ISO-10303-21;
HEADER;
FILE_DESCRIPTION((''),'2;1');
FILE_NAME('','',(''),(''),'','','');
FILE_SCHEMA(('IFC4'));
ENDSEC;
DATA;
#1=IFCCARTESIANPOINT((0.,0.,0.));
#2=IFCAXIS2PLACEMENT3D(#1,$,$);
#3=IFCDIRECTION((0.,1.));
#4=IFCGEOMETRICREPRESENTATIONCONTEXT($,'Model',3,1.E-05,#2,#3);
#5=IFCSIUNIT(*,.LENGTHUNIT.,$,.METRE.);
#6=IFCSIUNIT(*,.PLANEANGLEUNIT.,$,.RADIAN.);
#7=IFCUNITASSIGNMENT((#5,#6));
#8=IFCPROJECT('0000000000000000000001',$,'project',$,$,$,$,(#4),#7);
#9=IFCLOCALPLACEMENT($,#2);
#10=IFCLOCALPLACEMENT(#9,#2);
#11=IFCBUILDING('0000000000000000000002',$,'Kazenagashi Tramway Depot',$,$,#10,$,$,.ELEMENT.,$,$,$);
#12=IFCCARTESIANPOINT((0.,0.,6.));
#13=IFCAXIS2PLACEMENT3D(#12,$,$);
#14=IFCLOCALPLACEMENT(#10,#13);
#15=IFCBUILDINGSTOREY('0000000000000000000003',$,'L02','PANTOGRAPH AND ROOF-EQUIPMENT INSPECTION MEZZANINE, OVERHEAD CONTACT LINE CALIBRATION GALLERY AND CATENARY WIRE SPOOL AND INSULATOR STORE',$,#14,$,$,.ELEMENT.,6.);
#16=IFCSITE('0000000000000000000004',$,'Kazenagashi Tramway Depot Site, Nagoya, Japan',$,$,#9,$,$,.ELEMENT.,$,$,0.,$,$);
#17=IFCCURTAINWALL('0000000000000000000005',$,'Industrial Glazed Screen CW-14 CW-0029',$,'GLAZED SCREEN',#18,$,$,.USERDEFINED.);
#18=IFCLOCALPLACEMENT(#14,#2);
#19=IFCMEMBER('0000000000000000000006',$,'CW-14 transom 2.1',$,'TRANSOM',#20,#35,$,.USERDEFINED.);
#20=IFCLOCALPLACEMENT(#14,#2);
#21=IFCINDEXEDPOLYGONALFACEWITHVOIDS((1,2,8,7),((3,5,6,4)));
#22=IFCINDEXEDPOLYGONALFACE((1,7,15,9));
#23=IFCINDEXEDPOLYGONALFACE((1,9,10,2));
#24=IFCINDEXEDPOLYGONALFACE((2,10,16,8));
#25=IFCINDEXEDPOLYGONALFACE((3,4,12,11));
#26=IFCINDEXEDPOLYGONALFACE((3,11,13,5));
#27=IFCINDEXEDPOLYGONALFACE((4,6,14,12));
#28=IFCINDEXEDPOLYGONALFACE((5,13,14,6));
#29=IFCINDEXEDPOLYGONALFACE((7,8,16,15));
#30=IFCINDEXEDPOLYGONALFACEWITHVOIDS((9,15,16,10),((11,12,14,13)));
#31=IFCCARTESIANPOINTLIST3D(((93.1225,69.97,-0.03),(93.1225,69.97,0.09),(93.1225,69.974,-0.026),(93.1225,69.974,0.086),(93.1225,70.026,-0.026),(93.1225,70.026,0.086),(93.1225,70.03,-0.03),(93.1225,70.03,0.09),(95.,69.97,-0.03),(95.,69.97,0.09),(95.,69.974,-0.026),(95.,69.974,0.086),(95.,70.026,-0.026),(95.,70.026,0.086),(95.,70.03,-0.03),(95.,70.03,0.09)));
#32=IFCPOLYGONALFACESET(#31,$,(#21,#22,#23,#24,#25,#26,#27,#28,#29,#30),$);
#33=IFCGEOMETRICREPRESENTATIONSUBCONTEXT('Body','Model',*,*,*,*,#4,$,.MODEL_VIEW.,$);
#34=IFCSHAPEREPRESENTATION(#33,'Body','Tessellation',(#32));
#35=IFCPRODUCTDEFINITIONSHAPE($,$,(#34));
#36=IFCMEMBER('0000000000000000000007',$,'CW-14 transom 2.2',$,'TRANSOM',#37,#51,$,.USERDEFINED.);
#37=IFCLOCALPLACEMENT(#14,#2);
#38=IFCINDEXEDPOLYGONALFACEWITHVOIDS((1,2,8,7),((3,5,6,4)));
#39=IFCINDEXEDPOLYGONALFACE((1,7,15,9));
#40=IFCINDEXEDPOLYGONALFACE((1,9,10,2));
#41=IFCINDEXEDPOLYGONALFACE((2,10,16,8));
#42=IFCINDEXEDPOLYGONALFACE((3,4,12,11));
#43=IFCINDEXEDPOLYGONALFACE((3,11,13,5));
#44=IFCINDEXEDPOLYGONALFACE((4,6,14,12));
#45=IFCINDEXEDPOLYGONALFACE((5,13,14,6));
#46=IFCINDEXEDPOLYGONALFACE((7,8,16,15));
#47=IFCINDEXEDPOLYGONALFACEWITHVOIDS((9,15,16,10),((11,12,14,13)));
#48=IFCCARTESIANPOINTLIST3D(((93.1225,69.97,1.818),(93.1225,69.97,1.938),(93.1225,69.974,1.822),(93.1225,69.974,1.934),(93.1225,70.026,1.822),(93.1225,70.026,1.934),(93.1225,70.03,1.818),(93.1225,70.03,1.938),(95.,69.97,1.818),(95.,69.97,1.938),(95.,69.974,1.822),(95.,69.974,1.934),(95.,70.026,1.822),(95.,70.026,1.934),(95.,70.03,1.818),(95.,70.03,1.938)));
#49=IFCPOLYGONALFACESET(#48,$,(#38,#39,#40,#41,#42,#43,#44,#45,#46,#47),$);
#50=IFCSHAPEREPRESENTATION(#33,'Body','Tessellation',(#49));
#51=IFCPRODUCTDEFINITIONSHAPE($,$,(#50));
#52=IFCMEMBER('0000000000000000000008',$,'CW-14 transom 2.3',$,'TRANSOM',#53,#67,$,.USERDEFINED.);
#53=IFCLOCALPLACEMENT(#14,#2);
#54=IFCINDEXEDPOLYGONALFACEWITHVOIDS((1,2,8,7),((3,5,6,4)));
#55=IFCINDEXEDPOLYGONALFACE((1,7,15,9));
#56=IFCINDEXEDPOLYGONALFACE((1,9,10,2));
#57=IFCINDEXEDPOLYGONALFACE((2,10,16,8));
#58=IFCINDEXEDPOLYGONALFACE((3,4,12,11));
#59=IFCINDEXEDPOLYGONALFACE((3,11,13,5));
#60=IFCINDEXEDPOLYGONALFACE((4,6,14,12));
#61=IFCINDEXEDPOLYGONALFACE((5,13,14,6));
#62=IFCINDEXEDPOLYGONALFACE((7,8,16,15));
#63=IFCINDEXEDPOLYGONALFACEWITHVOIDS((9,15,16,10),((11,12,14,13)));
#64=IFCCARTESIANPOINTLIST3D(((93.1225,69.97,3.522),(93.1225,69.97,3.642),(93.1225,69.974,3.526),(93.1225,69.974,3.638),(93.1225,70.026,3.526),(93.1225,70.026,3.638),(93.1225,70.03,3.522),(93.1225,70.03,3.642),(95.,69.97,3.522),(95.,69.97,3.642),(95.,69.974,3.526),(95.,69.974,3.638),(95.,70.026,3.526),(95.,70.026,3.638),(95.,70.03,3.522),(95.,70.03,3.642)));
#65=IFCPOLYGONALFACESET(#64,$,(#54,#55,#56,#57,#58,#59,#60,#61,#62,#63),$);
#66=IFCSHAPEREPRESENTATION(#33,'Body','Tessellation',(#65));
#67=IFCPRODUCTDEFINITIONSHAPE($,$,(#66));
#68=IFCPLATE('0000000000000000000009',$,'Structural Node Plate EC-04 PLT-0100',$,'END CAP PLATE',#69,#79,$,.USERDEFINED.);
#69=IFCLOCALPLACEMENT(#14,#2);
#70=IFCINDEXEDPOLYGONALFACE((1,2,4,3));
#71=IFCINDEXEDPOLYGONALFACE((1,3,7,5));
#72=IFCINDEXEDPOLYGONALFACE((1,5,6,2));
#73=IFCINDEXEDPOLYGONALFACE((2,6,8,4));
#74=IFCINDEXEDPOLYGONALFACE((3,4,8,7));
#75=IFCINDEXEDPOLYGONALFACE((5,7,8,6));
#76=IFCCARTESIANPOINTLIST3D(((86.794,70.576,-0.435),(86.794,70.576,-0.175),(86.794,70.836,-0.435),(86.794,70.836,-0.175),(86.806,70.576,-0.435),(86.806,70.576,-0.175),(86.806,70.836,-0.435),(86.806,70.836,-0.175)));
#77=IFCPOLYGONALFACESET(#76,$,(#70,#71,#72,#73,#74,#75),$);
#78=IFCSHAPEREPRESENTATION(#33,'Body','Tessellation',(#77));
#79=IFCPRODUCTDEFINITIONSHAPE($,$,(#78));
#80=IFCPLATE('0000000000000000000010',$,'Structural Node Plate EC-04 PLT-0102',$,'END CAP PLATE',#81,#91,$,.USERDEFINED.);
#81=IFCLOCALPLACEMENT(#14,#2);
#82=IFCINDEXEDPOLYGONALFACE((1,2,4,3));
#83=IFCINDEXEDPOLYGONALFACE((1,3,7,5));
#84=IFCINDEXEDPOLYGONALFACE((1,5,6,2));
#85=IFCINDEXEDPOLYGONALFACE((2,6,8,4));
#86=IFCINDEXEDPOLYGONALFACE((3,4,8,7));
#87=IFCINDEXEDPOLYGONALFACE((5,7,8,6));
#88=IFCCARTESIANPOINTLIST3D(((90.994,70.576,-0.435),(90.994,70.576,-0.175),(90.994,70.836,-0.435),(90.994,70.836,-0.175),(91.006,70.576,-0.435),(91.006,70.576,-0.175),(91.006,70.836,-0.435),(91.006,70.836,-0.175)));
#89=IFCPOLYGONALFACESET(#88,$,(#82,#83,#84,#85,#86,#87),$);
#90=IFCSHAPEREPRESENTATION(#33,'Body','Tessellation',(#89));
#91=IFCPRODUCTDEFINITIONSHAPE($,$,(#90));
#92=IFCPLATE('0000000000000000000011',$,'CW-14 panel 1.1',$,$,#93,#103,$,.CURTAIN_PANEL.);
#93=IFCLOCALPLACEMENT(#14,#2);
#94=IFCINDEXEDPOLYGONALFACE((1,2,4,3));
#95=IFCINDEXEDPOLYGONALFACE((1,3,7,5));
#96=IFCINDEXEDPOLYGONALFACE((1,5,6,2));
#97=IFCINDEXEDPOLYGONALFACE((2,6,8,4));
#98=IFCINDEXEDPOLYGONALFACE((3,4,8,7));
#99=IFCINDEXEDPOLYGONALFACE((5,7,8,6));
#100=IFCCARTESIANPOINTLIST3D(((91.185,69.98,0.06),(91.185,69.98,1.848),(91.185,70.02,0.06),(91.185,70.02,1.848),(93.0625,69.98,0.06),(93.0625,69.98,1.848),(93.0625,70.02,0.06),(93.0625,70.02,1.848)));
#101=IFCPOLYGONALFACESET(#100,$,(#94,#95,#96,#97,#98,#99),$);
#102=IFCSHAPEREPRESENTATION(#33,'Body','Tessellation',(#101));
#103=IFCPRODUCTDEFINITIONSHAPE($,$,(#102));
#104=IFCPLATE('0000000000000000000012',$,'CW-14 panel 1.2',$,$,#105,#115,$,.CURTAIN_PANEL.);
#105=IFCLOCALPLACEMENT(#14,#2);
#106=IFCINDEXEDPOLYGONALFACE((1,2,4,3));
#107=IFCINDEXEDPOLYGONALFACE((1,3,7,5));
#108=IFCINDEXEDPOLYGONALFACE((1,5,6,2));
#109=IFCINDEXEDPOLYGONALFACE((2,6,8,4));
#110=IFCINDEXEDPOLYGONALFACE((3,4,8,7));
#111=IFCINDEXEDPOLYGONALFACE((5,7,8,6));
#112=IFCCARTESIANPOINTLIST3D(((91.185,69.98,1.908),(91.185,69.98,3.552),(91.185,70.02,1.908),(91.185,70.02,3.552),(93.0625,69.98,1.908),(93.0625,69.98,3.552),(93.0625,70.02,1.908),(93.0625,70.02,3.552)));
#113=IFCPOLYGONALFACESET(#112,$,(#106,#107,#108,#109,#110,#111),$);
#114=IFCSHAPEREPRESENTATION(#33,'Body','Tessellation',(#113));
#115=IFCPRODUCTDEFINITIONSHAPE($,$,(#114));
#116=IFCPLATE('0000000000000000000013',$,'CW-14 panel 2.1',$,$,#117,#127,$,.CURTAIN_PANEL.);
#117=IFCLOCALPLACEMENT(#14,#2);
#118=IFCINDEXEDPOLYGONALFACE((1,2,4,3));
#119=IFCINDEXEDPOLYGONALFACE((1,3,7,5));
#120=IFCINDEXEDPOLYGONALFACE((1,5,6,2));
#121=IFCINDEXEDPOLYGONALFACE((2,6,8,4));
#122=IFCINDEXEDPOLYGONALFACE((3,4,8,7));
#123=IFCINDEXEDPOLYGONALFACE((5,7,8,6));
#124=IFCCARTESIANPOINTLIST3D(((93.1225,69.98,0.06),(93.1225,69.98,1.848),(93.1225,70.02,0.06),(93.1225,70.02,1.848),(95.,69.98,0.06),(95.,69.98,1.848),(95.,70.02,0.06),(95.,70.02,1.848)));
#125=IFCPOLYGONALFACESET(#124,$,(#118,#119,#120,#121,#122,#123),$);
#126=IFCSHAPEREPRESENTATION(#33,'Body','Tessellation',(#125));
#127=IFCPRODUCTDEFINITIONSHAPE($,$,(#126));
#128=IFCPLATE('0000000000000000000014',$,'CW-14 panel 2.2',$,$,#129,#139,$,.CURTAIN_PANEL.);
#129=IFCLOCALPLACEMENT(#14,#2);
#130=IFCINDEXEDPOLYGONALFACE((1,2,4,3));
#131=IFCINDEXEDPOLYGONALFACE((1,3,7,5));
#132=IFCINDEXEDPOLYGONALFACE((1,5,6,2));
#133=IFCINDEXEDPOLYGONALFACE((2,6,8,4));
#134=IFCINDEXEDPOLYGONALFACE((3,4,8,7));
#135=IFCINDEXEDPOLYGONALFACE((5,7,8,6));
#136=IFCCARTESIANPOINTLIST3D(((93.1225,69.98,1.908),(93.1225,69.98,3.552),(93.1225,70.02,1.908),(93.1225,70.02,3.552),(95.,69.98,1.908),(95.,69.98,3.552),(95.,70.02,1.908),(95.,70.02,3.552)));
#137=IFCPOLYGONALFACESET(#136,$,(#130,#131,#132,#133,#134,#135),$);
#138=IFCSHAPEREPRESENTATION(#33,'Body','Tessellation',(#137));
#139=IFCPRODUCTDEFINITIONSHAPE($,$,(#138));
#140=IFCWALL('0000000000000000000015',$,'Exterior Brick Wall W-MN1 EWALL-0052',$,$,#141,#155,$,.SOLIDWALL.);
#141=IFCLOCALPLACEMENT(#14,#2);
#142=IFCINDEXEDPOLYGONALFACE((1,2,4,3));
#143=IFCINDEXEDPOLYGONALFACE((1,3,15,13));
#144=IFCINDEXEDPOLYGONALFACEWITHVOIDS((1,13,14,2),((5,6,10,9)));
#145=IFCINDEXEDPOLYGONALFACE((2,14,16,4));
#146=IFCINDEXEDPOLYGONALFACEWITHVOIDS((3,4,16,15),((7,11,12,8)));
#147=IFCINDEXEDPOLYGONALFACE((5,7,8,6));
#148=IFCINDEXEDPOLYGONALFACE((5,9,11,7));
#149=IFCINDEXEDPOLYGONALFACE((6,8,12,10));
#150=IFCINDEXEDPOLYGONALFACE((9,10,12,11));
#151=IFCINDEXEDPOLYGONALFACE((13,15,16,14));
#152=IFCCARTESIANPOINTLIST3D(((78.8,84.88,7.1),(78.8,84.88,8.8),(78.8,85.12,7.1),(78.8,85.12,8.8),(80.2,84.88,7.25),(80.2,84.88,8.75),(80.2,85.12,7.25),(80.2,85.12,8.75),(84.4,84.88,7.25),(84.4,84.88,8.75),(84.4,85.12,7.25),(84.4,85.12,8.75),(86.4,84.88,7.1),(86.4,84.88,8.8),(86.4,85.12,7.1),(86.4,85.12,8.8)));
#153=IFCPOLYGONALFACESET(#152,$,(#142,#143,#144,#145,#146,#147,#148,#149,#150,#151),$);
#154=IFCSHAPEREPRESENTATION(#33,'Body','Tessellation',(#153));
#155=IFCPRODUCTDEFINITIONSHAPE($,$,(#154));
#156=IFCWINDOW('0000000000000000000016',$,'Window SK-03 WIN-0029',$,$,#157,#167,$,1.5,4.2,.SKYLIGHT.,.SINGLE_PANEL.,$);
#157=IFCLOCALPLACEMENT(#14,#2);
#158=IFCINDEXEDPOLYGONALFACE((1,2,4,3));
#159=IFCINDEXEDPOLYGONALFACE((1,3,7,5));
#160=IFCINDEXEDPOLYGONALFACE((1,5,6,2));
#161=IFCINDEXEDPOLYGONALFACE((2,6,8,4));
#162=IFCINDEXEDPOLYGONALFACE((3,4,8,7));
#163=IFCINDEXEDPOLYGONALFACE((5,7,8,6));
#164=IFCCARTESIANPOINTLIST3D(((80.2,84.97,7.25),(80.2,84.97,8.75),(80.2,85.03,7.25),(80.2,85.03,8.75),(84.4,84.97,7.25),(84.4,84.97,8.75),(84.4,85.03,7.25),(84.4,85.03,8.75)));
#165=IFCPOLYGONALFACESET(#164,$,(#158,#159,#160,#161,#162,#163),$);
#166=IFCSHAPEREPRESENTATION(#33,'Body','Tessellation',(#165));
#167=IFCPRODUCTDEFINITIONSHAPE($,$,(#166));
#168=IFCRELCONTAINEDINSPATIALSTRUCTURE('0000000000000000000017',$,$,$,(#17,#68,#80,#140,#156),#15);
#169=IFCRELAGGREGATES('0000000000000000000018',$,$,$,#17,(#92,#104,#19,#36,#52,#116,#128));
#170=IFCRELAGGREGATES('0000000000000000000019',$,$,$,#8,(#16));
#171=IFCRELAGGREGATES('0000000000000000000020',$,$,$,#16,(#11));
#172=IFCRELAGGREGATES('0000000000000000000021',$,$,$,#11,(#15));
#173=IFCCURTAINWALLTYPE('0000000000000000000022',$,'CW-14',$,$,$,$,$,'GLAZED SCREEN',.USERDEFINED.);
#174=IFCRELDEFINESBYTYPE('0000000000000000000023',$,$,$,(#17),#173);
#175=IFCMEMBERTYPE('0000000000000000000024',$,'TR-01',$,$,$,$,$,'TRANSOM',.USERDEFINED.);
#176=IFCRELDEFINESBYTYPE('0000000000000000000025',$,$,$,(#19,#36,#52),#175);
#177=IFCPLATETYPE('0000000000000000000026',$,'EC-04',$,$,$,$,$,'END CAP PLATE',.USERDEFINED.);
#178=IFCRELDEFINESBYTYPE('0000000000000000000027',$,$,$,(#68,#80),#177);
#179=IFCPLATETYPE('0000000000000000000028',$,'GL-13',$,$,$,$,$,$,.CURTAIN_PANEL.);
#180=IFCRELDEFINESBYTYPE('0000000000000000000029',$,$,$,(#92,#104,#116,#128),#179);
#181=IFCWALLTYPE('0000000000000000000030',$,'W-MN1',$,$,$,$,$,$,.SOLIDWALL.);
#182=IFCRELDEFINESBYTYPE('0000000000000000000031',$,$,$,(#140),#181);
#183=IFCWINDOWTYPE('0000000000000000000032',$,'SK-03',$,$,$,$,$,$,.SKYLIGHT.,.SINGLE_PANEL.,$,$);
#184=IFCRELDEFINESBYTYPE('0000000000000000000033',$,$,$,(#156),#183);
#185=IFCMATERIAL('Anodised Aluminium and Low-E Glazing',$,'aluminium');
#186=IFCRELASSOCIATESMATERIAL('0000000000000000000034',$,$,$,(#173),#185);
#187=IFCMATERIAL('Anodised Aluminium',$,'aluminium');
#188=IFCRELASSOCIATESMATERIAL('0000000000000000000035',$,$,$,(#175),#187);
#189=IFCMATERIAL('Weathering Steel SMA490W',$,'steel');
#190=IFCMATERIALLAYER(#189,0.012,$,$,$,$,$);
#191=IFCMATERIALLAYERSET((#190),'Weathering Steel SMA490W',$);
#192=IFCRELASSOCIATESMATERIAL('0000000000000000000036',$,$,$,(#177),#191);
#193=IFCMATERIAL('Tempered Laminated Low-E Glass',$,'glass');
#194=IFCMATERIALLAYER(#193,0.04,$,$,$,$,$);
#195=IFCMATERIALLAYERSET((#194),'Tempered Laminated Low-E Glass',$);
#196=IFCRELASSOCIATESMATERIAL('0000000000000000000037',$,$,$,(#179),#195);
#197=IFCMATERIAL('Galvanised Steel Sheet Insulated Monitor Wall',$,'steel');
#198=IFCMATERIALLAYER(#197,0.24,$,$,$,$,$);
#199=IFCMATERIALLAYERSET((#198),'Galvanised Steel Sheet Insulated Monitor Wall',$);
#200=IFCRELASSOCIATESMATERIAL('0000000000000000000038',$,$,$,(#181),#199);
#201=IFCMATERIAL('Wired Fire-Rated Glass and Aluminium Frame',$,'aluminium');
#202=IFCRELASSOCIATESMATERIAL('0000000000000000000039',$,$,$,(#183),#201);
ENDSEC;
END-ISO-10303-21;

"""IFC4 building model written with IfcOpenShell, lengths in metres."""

from ifc_helpers import new_model, si_unit, direction, frame, frame_2d, origin, origin_2d, place, context, subcontext, project, spatial, rectangle, hollow_rectangle, extrude, material, layer, layer_set, material_profile, profile_set, type_object, element, fill, aggregate, save


model = new_model("IFC4")

# Units and contexts
model_context = context("Model", 3, precision=1e-05, world=origin(), true_north=direction((0.0, 1.0)))
body_context = subcontext(model_context, "Body", "Model", "MODEL_VIEW")
ifc_project = project(units=[si_unit("LENGTHUNIT", "METRE"), si_unit("PLANEANGLEUNIT", "RADIAN")], contexts=[model_context])

# Site, building, storey
site_placement = place(None, origin())
site = spatial("IfcSite", under=ifc_project, at=site_placement, Name="Kazenagashi Tramway Depot Site, Nagoya, Japan", CompositionType="ELEMENT", RefElevation=0.0)
building_placement = place(site_placement, origin())
building = spatial("IfcBuilding", under=site, at=building_placement, Name="Kazenagashi Tramway Depot", CompositionType="ELEMENT")
storey_placement = place(building_placement, frame((0.0, 0.0, 6.0)))
storey = spatial("IfcBuildingStorey", under=building, at=storey_placement, Name="L02", Description="PANTOGRAPH AND ROOF-EQUIPMENT INSPECTION MEZZANINE, OVERHEAD CONTACT LINE CALIBRATION GALLERY AND CATENARY WIRE SPOOL AND INSULATOR STORE", CompositionType="ELEMENT", Elevation=6.0)

# Curtain wall
ifc_material_1 = material(Name="Anodised Aluminium and Low-E Glazing", Category="aluminium")
curtain_wall_type = type_object("IfcCurtainWallType", Name="CW-14", ElementType="GLAZED SCREEN", PredefinedType="USERDEFINED", material=ifc_material_1)
curtain_wall_placement = place(storey_placement, origin())
curtain_wall = element("IfcCurtainWall", 1, at=curtain_wall_placement, inside=storey, type_object=curtain_wall_type, Name="Industrial Glazed Screen CW-14 CW-0029", ObjectType="GLAZED SCREEN", PredefinedType="USERDEFINED")
ifc_material_2 = material(Name="Anodised Aluminium", Category="aluminium")

# Members
ifc_material_profile_1 = material_profile(ifc_material_2, hollow_rectangle(XDim=0.06, YDim=0.12, WallThickness=0.004, at=origin_2d()), Name="RHS-120x60x4")
ifc_profile_set_1 = profile_set([ifc_material_profile_1], Name="Anodised Aluminium")
member_type_1 = type_object("IfcMemberType", Name="TR-01", ElementType="TRANSOM", PredefinedType="USERDEFINED", material=ifc_profile_set_1)
member_1_placement = place(storey_placement, frame((93.1225, 70.0, 0.03), z_axis=(1.0, 0.0, 0.0), x_axis=(0.0, 1.0, 0.0)))
member_1 = element("IfcMember", 2, at=member_1_placement, type_object=member_type_1, Name="CW-14 transom 2.1", ObjectType="TRANSOM", PredefinedType="USERDEFINED", context=body_context, shape_type="SweptSolid", body=[
    extrude(hollow_rectangle(XDim=0.06, YDim=0.12, WallThickness=0.004, at=origin_2d()), origin(), (0.0, 0.0, 1.0), 1.8775),
])
member_2_placement = place(storey_placement, frame((93.1225, 70.0, 1.878), z_axis=(1.0, 0.0, 0.0), x_axis=(0.0, 1.0, 0.0)))
member_2 = element("IfcMember", 3, at=member_2_placement, type_object=member_type_1, Name="CW-14 transom 2.2", ObjectType="TRANSOM", PredefinedType="USERDEFINED", context=body_context, shape_type="SweptSolid", body=[
    extrude(hollow_rectangle(XDim=0.06, YDim=0.12, WallThickness=0.004, at=origin_2d()), origin(), (0.0, 0.0, 1.0), 1.8775),
])
member_3_placement = place(storey_placement, frame((93.1225, 70.0, 3.582), z_axis=(1.0, 0.0, 0.0), x_axis=(0.0, 1.0, 0.0)))
member_3 = element("IfcMember", 4, at=member_3_placement, type_object=member_type_1, Name="CW-14 transom 2.3", ObjectType="TRANSOM", PredefinedType="USERDEFINED", context=body_context, shape_type="SweptSolid", body=[
    extrude(hollow_rectangle(XDim=0.06, YDim=0.12, WallThickness=0.004, at=origin_2d()), origin(), (0.0, 0.0, 1.0), 1.8775),
])

# Plates
ifc_material_3 = material(Name="Weathering Steel SMA490W", Category="steel")
ifc_layer_1 = layer(ifc_material_3, 0.012)
ifc_layer_set_1 = layer_set([ifc_layer_1], Name="Weathering Steel SMA490W")
plate_type_1 = type_object("IfcPlateType", Name="EC-04", ElementType="END CAP PLATE", PredefinedType="USERDEFINED", material=ifc_layer_set_1)
for number, where, z_axis, x_axis, name in (
    (5, (86.8, 70.706, -0.435), (0.0, 0.0, 1.0), (0.0, 1.0, 0.0), "Structural Node Plate EC-04 PLT-0100"),
    (6, (91.0, 70.706, -0.435), (0.0, 0.0, 1.0), (0.0, 1.0, 0.0), "Structural Node Plate EC-04 PLT-0102"),
):
    element("IfcPlate", number, at=place(storey_placement, frame(where, z_axis=z_axis, x_axis=x_axis)), inside=storey, type_object=plate_type_1, Name=name, ObjectType="END CAP PLATE", PredefinedType="USERDEFINED", context=body_context, shape_type="SweptSolid", body=[
        extrude(rectangle(XDim=0.26, YDim=0.012, at=origin_2d()), origin(), (0.0, 0.0, 1.0), 0.26),
    ])

# Plates
ifc_material_4 = material(Name="Tempered Laminated Low-E Glass", Category="glass")
ifc_layer_2 = layer(ifc_material_4, 0.04)
ifc_layer_set_2 = layer_set([ifc_layer_2], Name="Tempered Laminated Low-E Glass")
plate_type_2 = type_object("IfcPlateType", Name="GL-13", PredefinedType="CURTAIN_PANEL", material=ifc_layer_set_2)
plate_1_placement = place(storey_placement, frame((92.1238, 70.0, 0.06), z_axis=(0.0, 0.0, 1.0), x_axis=(1.0, 0.0, 0.0)))
plate_1 = element("IfcPlate", 7, at=plate_1_placement, type_object=plate_type_2, Name="CW-14 panel 1.1", PredefinedType="CURTAIN_PANEL", context=body_context, shape_type="SweptSolid", body=[
    extrude(rectangle(XDim=1.8775, YDim=0.04, at=origin_2d()), origin(), (0.0, 0.0, 1.0), 1.788),
])
plate_2_placement = place(storey_placement, frame((92.1238, 70.0, 1.908), z_axis=(0.0, 0.0, 1.0), x_axis=(1.0, 0.0, 0.0)))
plate_2 = element("IfcPlate", 8, at=plate_2_placement, type_object=plate_type_2, Name="CW-14 panel 1.2", PredefinedType="CURTAIN_PANEL", context=body_context, shape_type="SweptSolid", body=[
    extrude(rectangle(XDim=1.8775, YDim=0.04, at=origin_2d()), origin(), (0.0, 0.0, 1.0), 1.644),
])
plate_3_placement = place(storey_placement, frame((94.0613, 70.0, 0.06), z_axis=(0.0, 0.0, 1.0), x_axis=(1.0, 0.0, 0.0)))
plate_3 = element("IfcPlate", 9, at=plate_3_placement, type_object=plate_type_2, Name="CW-14 panel 2.1", PredefinedType="CURTAIN_PANEL", context=body_context, shape_type="SweptSolid", body=[
    extrude(rectangle(XDim=1.8775, YDim=0.04, at=origin_2d()), origin(), (0.0, 0.0, 1.0), 1.788),
])
plate_4_placement = place(storey_placement, frame((94.0613, 70.0, 1.908), z_axis=(0.0, 0.0, 1.0), x_axis=(1.0, 0.0, 0.0)))
plate_4 = element("IfcPlate", 10, at=plate_4_placement, type_object=plate_type_2, Name="CW-14 panel 2.2", PredefinedType="CURTAIN_PANEL", context=body_context, shape_type="SweptSolid", body=[
    extrude(rectangle(XDim=1.8775, YDim=0.04, at=origin_2d()), origin(), (0.0, 0.0, 1.0), 1.644),
])
aggregate(curtain_wall, [plate_1, plate_2, member_1, member_2, member_3, plate_3, plate_4])

# Wall, opening, window
ifc_material_5 = material(Name="Galvanised Steel Sheet Insulated Monitor Wall", Category="steel")
ifc_layer_3 = layer(ifc_material_5, 0.24)
ifc_layer_set_3 = layer_set([ifc_layer_3], Name="Galvanised Steel Sheet Insulated Monitor Wall")
wall_type = type_object("IfcWallType", Name="W-MN1", PredefinedType="SOLIDWALL", material=ifc_layer_set_3)
wall_placement = place(storey_placement, frame((78.8, 85.0, 7.1), z_axis=(0.0, 0.0, 1.0), x_axis=(1.0, 0.0, 0.0)))
wall = element("IfcWall", 11, at=wall_placement, inside=storey, type_object=wall_type, Name="Exterior Brick Wall W-MN1 EWALL-0052", PredefinedType="SOLIDWALL", context=body_context, shape_type="SweptSolid", body=[
    extrude(rectangle(XDim=7.6, YDim=0.24, at=frame_2d((3.8, 0.0))), origin(), (0.0, 0.0, 1.0), 1.7),
])
opening_placement = place(wall_placement, frame((1.4, 0.0, 0.15)))
opening = element("IfcOpeningElement", 12, at=opening_placement, cuts=wall, PredefinedType="OPENING", context=body_context, shape_type="SweptSolid", body=[
    extrude(rectangle(XDim=4.2, YDim=1.5, at=frame_2d((2.1, 0.75))), frame((0.0, 0.13, 0.0), z_axis=(0.0, -1.0, 0.0), x_axis=(1.0, 0.0, 0.0)), (0.0, 0.0, 1.0), 0.26),
])
ifc_material_6 = material(Name="Wired Fire-Rated Glass and Aluminium Frame", Category="aluminium")
window_type = type_object("IfcWindowType", Name="SK-03", PartitioningType="SINGLE_PANEL", PredefinedType="SKYLIGHT", material=ifc_material_6)
window_placement = place(opening_placement, origin())
window = element("IfcWindow", 13, at=window_placement, inside=storey, type_object=window_type, Name="Window SK-03 WIN-0029", OverallHeight=1.5, OverallWidth=4.2, PartitioningType="SINGLE_PANEL", PredefinedType="SKYLIGHT", context=body_context, shape_type="SweptSolid", body=[
    extrude(rectangle(XDim=4.2, YDim=1.5, at=frame_2d((2.1, 0.75))), frame((0.0, 0.03, 0.0), z_axis=(0.0, -1.0, 0.0), x_axis=(1.0, 0.0, 0.0)), (0.0, 0.0, 1.0), 0.06),
])
fill(opening, window)

save(model, "model.ifc")
